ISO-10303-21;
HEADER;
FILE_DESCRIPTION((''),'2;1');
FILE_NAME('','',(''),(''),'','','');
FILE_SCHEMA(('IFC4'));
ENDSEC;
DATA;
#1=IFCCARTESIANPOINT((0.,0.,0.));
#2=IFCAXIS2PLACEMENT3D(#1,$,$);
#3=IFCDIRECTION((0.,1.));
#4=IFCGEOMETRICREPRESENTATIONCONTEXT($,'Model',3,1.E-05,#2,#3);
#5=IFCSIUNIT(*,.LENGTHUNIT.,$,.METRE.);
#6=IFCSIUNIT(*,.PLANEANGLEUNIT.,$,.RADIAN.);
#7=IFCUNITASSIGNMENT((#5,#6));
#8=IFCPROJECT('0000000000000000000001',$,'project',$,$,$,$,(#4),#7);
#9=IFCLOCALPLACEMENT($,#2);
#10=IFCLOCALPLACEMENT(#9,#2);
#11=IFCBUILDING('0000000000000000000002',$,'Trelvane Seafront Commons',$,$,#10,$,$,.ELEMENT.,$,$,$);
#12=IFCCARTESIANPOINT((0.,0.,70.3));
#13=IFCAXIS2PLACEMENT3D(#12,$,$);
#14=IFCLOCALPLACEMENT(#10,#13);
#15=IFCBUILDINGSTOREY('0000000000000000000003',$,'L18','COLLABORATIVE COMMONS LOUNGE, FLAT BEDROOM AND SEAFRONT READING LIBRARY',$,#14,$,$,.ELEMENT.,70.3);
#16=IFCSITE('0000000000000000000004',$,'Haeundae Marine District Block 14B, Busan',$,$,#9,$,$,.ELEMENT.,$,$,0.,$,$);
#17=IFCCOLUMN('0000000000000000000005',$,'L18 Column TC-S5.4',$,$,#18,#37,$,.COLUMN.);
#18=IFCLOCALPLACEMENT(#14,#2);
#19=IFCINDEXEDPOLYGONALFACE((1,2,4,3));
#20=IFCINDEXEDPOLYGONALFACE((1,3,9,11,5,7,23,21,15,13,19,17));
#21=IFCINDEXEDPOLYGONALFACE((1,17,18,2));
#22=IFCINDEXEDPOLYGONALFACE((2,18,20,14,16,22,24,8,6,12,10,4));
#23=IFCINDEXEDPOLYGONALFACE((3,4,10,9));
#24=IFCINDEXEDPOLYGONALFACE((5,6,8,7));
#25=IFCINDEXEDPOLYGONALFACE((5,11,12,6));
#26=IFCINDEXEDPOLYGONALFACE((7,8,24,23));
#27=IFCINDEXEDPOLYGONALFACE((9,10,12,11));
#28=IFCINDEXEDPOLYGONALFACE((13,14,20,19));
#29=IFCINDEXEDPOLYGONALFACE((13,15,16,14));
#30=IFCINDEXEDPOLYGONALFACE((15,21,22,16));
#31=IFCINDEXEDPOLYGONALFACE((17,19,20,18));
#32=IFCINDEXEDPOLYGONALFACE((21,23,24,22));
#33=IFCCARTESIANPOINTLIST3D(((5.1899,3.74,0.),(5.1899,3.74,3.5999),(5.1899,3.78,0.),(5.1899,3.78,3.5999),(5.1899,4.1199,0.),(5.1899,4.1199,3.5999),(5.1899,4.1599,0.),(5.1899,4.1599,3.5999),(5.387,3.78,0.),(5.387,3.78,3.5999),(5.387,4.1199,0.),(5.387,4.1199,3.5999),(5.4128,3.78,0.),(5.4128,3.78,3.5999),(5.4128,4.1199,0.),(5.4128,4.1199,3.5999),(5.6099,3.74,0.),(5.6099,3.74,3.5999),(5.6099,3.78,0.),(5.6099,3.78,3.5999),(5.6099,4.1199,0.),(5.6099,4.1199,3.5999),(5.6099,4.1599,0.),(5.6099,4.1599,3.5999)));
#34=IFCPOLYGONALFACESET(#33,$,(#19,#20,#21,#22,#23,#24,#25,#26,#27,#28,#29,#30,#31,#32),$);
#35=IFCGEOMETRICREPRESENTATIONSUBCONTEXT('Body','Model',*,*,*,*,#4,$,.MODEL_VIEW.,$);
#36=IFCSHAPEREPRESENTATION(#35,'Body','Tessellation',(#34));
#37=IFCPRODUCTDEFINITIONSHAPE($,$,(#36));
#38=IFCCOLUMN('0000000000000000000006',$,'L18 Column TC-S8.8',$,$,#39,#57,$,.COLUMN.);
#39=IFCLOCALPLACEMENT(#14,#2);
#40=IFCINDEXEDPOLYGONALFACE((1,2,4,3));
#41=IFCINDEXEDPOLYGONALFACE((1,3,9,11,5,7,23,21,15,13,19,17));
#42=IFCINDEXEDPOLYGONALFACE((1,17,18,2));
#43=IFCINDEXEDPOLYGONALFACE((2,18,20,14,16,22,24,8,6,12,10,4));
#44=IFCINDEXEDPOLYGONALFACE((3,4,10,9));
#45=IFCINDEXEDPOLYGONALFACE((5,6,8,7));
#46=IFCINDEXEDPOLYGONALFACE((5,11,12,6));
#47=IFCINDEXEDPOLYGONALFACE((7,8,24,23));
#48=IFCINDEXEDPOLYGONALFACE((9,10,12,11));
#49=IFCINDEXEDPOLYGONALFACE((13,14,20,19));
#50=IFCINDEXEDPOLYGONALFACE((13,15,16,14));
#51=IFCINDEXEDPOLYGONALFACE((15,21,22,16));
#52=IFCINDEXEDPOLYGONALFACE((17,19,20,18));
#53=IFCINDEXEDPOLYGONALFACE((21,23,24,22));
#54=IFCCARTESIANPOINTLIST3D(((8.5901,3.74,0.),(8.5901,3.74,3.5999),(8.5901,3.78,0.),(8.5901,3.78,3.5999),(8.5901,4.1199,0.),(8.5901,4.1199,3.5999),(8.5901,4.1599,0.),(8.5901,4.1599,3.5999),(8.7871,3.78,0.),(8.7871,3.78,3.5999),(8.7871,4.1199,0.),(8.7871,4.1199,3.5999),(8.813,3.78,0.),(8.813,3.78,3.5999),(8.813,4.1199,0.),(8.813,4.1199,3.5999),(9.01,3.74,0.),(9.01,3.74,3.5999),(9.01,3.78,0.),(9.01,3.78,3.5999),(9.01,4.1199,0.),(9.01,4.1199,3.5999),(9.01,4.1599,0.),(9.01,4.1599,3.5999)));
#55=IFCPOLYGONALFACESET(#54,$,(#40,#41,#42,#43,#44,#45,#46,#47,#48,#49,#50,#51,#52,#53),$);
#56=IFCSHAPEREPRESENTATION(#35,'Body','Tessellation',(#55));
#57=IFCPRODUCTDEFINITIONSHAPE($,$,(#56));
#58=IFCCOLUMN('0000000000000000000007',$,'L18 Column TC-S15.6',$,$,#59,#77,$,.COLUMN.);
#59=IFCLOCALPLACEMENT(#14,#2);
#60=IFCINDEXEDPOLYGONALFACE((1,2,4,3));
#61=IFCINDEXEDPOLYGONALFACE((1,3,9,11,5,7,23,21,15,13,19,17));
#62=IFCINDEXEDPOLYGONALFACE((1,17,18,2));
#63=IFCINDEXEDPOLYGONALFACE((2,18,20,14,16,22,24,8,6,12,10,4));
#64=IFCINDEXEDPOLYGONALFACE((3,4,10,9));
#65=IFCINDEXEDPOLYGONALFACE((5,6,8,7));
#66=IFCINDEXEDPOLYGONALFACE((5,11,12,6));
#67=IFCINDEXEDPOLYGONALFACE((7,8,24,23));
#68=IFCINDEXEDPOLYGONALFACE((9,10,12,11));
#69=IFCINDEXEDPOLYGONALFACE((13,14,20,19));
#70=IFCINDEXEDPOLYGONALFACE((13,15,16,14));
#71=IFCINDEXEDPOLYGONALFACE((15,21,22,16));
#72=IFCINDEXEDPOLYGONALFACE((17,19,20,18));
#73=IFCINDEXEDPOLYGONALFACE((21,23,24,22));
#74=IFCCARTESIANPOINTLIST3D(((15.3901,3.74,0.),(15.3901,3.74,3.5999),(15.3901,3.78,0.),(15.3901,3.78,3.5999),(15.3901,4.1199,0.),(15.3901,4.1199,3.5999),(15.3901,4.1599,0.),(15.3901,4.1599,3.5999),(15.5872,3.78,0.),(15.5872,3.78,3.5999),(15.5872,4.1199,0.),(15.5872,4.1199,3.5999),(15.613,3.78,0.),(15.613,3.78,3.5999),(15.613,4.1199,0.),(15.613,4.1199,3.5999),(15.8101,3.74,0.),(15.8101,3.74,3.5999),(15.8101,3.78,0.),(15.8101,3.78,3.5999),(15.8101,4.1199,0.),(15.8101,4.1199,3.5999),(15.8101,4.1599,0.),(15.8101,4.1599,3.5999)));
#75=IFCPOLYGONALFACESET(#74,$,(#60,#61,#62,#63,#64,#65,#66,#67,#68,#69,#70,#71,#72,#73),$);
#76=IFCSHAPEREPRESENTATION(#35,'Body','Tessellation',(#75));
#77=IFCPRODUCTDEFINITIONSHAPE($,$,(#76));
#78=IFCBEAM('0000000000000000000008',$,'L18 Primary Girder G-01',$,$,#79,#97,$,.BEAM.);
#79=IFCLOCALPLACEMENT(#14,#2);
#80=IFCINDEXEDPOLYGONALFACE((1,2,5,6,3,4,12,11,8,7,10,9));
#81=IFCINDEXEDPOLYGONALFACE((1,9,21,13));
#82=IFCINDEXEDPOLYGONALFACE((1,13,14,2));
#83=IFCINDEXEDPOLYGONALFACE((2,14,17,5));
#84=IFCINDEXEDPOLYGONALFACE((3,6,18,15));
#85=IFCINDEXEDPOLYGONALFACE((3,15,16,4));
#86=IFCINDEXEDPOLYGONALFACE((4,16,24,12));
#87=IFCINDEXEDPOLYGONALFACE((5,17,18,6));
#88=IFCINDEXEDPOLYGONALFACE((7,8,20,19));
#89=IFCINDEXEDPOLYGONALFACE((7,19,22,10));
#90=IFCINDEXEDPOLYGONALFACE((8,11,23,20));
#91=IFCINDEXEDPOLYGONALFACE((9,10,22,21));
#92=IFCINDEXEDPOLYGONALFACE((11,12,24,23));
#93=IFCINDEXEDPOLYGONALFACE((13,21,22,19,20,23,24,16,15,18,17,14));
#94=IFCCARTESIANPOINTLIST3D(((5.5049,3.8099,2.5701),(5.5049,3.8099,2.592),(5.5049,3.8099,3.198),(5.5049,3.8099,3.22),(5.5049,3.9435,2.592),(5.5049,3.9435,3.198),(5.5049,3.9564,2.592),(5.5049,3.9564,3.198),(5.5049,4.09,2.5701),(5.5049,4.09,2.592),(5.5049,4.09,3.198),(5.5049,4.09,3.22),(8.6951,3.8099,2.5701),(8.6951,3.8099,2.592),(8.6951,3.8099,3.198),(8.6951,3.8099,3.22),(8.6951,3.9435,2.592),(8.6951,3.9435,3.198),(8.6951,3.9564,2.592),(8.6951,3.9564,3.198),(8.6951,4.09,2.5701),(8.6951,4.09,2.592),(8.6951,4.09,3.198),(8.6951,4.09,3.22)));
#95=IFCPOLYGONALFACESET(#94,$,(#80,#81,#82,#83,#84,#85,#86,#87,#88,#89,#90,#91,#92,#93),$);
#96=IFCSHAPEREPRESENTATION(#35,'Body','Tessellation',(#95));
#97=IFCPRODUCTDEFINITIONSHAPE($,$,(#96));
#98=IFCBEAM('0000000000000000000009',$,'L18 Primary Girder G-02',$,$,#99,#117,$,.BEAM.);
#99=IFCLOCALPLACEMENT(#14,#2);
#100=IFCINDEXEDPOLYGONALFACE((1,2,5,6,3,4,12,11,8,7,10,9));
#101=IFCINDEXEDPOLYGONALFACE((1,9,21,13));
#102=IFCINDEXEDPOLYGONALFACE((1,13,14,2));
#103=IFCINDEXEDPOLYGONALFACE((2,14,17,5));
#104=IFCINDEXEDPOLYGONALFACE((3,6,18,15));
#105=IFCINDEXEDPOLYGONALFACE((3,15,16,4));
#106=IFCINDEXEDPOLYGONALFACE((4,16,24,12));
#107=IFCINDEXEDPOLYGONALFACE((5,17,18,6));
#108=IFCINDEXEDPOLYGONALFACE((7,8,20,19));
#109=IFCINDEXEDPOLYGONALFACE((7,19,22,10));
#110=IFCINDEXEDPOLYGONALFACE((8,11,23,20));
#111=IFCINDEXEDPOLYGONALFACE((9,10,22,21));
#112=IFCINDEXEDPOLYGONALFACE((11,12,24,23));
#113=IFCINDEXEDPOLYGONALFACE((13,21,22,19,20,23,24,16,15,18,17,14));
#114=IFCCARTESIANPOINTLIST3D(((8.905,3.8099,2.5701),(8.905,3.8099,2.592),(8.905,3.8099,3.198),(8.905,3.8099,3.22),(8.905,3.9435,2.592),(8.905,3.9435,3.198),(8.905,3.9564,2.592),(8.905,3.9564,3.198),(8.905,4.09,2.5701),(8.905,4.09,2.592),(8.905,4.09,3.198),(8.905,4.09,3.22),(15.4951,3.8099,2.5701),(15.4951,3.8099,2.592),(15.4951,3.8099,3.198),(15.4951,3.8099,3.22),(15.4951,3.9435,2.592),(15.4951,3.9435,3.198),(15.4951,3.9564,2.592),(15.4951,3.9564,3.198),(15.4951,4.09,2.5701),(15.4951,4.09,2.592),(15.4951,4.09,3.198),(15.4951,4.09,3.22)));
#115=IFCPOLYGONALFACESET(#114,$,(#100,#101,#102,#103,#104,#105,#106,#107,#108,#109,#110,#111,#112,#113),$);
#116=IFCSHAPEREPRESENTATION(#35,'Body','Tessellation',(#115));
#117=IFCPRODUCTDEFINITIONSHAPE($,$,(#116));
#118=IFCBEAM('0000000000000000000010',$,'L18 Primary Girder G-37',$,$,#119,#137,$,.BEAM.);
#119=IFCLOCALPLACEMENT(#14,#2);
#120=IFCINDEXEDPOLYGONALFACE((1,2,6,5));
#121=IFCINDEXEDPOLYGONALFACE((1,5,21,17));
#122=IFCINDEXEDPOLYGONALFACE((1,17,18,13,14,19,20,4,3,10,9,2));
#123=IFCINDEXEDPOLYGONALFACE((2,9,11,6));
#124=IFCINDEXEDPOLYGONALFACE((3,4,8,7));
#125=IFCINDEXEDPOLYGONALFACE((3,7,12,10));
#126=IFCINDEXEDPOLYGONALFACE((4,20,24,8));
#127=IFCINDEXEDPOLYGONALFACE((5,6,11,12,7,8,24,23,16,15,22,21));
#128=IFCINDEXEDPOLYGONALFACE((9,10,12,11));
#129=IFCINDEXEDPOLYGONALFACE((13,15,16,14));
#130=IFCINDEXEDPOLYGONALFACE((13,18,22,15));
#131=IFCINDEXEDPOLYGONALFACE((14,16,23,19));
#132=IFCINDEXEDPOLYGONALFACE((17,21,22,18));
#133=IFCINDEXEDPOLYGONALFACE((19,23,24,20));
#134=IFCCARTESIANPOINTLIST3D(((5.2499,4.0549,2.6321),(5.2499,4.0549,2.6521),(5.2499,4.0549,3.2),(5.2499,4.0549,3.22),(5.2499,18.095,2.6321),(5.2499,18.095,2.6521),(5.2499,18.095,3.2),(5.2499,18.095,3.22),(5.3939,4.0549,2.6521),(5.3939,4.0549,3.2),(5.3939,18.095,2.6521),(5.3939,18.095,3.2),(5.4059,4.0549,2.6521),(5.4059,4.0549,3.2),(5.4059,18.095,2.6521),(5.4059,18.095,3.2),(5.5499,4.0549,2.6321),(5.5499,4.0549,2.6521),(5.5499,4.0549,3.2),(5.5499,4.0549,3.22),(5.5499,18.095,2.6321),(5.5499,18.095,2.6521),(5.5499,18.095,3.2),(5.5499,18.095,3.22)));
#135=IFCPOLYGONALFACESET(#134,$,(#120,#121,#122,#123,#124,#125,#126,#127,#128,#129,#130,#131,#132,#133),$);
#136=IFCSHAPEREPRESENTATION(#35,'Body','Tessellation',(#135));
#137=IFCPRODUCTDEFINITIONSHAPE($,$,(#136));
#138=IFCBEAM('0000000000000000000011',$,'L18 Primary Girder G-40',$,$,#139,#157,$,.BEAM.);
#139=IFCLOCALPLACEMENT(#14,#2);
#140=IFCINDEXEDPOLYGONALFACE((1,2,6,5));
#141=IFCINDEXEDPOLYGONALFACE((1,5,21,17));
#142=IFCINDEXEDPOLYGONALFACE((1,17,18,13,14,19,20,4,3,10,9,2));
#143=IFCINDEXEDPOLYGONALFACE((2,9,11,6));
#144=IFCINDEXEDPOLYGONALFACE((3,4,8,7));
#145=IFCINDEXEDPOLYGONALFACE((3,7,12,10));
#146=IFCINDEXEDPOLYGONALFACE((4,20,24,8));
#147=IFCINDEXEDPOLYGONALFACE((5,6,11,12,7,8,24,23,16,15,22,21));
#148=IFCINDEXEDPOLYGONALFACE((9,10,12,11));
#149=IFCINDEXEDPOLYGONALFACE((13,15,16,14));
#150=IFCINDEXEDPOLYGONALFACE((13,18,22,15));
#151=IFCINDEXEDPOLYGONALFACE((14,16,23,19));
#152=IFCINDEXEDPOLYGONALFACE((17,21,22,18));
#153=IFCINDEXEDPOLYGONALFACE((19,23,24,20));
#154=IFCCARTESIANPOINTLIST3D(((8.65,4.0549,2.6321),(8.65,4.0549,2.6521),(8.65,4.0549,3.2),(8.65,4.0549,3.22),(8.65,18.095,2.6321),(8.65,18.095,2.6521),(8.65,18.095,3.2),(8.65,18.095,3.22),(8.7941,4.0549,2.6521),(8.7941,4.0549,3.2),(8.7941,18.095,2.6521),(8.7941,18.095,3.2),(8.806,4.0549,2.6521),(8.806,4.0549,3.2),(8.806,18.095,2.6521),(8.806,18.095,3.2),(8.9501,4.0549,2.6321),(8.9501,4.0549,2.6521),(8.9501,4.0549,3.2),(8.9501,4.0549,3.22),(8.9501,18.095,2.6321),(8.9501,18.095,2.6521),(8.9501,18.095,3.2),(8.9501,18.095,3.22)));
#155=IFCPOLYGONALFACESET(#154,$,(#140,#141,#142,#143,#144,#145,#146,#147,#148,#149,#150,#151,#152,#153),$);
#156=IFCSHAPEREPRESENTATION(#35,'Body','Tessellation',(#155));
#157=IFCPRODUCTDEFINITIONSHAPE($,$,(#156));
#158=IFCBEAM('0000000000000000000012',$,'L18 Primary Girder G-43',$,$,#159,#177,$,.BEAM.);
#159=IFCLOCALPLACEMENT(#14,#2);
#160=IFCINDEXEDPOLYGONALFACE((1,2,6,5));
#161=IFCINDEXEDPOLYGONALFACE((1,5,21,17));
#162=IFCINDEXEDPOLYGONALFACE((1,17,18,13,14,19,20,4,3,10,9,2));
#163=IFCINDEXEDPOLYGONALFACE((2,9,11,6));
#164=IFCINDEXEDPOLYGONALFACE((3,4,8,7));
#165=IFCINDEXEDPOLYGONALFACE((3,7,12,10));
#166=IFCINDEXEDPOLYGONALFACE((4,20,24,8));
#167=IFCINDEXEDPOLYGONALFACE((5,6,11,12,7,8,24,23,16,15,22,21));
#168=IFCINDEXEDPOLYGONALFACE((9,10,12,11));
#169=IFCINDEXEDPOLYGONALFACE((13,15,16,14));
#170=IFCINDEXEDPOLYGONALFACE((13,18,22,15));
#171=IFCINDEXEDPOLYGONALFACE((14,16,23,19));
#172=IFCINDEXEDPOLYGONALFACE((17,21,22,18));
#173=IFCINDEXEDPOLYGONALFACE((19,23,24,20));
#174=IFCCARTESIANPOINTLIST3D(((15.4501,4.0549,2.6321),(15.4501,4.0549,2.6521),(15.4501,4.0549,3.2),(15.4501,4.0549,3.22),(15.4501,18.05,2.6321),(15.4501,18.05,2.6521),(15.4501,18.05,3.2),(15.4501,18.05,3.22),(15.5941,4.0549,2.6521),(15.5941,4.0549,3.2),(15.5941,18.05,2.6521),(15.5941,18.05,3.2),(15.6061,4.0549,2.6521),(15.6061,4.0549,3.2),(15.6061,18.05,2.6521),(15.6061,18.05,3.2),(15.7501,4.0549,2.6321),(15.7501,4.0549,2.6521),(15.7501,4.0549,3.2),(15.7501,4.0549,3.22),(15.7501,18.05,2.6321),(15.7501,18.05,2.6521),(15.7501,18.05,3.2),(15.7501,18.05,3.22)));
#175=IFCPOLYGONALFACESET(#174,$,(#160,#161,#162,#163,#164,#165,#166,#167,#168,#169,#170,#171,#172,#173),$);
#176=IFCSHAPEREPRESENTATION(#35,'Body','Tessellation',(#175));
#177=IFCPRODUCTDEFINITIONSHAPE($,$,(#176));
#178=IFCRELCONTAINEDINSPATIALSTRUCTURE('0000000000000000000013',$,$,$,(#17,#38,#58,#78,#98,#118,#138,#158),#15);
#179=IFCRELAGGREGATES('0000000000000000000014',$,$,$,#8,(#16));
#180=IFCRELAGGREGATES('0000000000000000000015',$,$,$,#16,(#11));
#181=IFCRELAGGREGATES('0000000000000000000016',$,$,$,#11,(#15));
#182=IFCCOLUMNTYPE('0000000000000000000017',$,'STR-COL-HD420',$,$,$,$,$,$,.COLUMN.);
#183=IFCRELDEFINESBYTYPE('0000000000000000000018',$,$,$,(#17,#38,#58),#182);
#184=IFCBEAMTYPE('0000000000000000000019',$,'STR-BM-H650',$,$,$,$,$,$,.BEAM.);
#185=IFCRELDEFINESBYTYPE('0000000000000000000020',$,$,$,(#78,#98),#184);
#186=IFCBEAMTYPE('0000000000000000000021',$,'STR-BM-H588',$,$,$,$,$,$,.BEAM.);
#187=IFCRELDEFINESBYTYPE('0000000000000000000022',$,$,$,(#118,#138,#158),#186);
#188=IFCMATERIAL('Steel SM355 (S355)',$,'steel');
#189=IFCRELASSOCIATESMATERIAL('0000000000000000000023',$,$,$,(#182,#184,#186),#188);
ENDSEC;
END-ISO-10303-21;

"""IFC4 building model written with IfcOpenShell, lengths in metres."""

from ifc_helpers import new_model, si_unit, direction, frame, origin, origin_2d, place, context, subcontext, project, spatial, i_section, extrude, source, transform, mapped, material, material_profile, profile_set, type_object, element, save


model = new_model("IFC4")

# Units and contexts
model_context = context("Model", 3, precision=1e-05, world=origin(), true_north=direction((0.0, 1.0)))
body_context = subcontext(model_context, "Body", "Model", "MODEL_VIEW")
ifc_project = project(units=[si_unit("LENGTHUNIT", "METRE"), si_unit("PLANEANGLEUNIT", "RADIAN")], contexts=[model_context])

# Site, building, storey
site_placement = place(None, origin())
site = spatial("IfcSite", under=ifc_project, at=site_placement, Name="Haeundae Marine District Block 14B, Busan", CompositionType="ELEMENT", RefElevation=0.0)
building_placement = place(site_placement, origin())
building = spatial("IfcBuilding", under=site, at=building_placement, Name="Trelvane Seafront Commons", CompositionType="ELEMENT")
storey_placement = place(building_placement, frame((0.0, 0.0, 70.3)))
storey = spatial("IfcBuildingStorey", under=building, at=storey_placement, Name="L18", Description="COLLABORATIVE COMMONS LOUNGE, FLAT BEDROOM AND SEAFRONT READING LIBRARY", CompositionType="ELEMENT", Elevation=70.3)

# Columns
ifc_material_1 = material(Name="Steel SM355 (S355)", Category="steel")
ifc_material_profile_1 = material_profile(ifc_material_1, i_section(OverallWidth=0.4199, OverallDepth=0.4199, WebThickness=0.0259, FlangeThickness=0.04, at=origin_2d()), Name="HD-420x420x26x40")
ifc_profile_set_1 = profile_set([ifc_material_profile_1], Name="Steel SM355 (S355)")
column_type = type_object("IfcColumnType", Name="STR-COL-HD420", PredefinedType="COLUMN", material=ifc_profile_set_1)
shared_shape_1 = source(origin(), body_context, "Body", "SweptSolid", [
    extrude(i_section(OverallWidth=0.4199, OverallDepth=0.4199, WebThickness=0.0259, FlangeThickness=0.04, at=origin_2d()), origin(), (0.0, 0.0, 1.0), 3.5999),
])
for number, where, z_axis, x_axis, name in (
    (1, (5.3999, 3.95, 0.0), (0.0, 0.0, 1.0), (1.0, 0.0, 0.0), "L18 Column TC-S5.4"),
    (2, (8.8, 3.95, 0.0), (0.0, 0.0, 1.0), (1.0, 0.0, 0.0), "L18 Column TC-S8.8"),
    (3, (15.6001, 3.95, 0.0), (0.0, 0.0, 1.0), (1.0, 0.0, 0.0), "L18 Column TC-S15.6"),
):
    element("IfcColumn", number, at=place(storey_placement, frame(where, z_axis=z_axis, x_axis=x_axis)), inside=storey, type_object=column_type, Name=name, PredefinedType="COLUMN", context=body_context, shape_type="MappedRepresentation", body=[
        mapped(shared_shape_1, transform((0.0, 0.0, 0.0), x_axis=(1.0, 0.0, 0.0), y_axis=(0.0, 1.0, 0.0), z_axis=(0.0, 0.0, 1.0), scale=1.0)),
    ])

# Beams
ifc_material_profile_2 = material_profile(ifc_material_1, i_section(OverallWidth=0.28, OverallDepth=0.6499, WebThickness=0.0129, FlangeThickness=0.022, at=origin_2d()), Name="H-650x280x13x22")
ifc_profile_set_2 = profile_set([ifc_material_profile_2], Name="Steel SM355 (S355)")
beam_type_1 = type_object("IfcBeamType", Name="STR-BM-H650", PredefinedType="BEAM", material=ifc_profile_set_2)
shared_shape_2 = source(origin(), body_context, "Body", "SweptSolid", [
    extrude(i_section(OverallWidth=0.28, OverallDepth=0.6499, WebThickness=0.0129, FlangeThickness=0.022, at=origin_2d()), origin(), (0.0, 0.0, 1.0), 3.1902),
])
beam_1_placement = place(storey_placement, frame((5.5049, 3.95, 2.895), z_axis=(1.0, 0.0, 0.0), x_axis=(0.0, 1.0, 0.0)))
element("IfcBeam", 4, at=beam_1_placement, inside=storey, type_object=beam_type_1, Name="L18 Primary Girder G-01", PredefinedType="BEAM", context=body_context, shape_type="MappedRepresentation", body=[
    mapped(shared_shape_2, transform((0.0, 0.0, 0.0), x_axis=(1.0, 0.0, 0.0), y_axis=(0.0, 1.0, 0.0), z_axis=(0.0, 0.0, 1.0), scale=1.0)),
])
shared_shape_3 = source(origin(), body_context, "Body", "SweptSolid", [
    extrude(i_section(OverallWidth=0.28, OverallDepth=0.6499, WebThickness=0.0129, FlangeThickness=0.022, at=origin_2d()), origin(), (0.0, 0.0, 1.0), 6.5901),
])
beam_2_placement = place(storey_placement, frame((8.905, 3.95, 2.895), z_axis=(1.0, 0.0, 0.0), x_axis=(0.0, 1.0, 0.0)))
element("IfcBeam", 5, at=beam_2_placement, inside=storey, type_object=beam_type_1, Name="L18 Primary Girder G-02", PredefinedType="BEAM", context=body_context, shape_type="MappedRepresentation", body=[
    mapped(shared_shape_3, transform((0.0, 0.0, 0.0), x_axis=(1.0, 0.0, 0.0), y_axis=(0.0, 1.0, 0.0), z_axis=(0.0, 0.0, 1.0), scale=1.0)),
])
ifc_material_profile_3 = material_profile(ifc_material_1, i_section(OverallWidth=0.3, OverallDepth=0.5879, WebThickness=0.012, FlangeThickness=0.02, at=origin_2d()), Name="H-588x300x12x20")
ifc_profile_set_3 = profile_set([ifc_material_profile_3], Name="Steel SM355 (S355)")
beam_type_2 = type_object("IfcBeamType", Name="STR-BM-H588", PredefinedType="BEAM", material=ifc_profile_set_3)
shared_shape_4 = source(origin(), body_context, "Body", "SweptSolid", [
    extrude(i_section(OverallWidth=0.3, OverallDepth=0.5879, WebThickness=0.012, FlangeThickness=0.02, at=origin_2d()), origin(), (0.0, 0.0, 1.0), 14.04),
])
for number, where, z_axis, x_axis, name in (
    (6, (5.3999, 4.0549, 2.926), (0.0, 1.0, 0.0), (-1.0, 0.0, 0.0), "L18 Primary Girder G-37"),
    (7, (8.8, 4.0549, 2.926), (0.0, 1.0, 0.0), (-1.0, 0.0, 0.0), "L18 Primary Girder G-40"),
):
    element("IfcBeam", number, at=place(storey_placement, frame(where, z_axis=z_axis, x_axis=x_axis)), inside=storey, type_object=beam_type_2, Name=name, PredefinedType="BEAM", context=body_context, shape_type="MappedRepresentation", body=[
        mapped(shared_shape_4, transform((0.0, 0.0, 0.0), x_axis=(1.0, 0.0, 0.0), y_axis=(0.0, 1.0, 0.0), z_axis=(0.0, 0.0, 1.0), scale=1.0)),
    ])
shared_shape_5 = source(origin(), body_context, "Body", "SweptSolid", [
    extrude(i_section(OverallWidth=0.3, OverallDepth=0.5879, WebThickness=0.012, FlangeThickness=0.02, at=origin_2d()), origin(), (0.0, 0.0, 1.0), 13.9951),
])
beam_3_placement = place(storey_placement, frame((15.6001, 4.0549, 2.926), z_axis=(0.0, 1.0, 0.0), x_axis=(-1.0, 0.0, 0.0)))
element("IfcBeam", 8, at=beam_3_placement, inside=storey, type_object=beam_type_2, Name="L18 Primary Girder G-43", PredefinedType="BEAM", context=body_context, shape_type="MappedRepresentation", body=[
    mapped(shared_shape_5, transform((0.0, 0.0, 0.0), x_axis=(1.0, 0.0, 0.0), y_axis=(0.0, 1.0, 0.0), z_axis=(0.0, 0.0, 1.0), scale=1.0)),
])

save(model, "model.ifc")
